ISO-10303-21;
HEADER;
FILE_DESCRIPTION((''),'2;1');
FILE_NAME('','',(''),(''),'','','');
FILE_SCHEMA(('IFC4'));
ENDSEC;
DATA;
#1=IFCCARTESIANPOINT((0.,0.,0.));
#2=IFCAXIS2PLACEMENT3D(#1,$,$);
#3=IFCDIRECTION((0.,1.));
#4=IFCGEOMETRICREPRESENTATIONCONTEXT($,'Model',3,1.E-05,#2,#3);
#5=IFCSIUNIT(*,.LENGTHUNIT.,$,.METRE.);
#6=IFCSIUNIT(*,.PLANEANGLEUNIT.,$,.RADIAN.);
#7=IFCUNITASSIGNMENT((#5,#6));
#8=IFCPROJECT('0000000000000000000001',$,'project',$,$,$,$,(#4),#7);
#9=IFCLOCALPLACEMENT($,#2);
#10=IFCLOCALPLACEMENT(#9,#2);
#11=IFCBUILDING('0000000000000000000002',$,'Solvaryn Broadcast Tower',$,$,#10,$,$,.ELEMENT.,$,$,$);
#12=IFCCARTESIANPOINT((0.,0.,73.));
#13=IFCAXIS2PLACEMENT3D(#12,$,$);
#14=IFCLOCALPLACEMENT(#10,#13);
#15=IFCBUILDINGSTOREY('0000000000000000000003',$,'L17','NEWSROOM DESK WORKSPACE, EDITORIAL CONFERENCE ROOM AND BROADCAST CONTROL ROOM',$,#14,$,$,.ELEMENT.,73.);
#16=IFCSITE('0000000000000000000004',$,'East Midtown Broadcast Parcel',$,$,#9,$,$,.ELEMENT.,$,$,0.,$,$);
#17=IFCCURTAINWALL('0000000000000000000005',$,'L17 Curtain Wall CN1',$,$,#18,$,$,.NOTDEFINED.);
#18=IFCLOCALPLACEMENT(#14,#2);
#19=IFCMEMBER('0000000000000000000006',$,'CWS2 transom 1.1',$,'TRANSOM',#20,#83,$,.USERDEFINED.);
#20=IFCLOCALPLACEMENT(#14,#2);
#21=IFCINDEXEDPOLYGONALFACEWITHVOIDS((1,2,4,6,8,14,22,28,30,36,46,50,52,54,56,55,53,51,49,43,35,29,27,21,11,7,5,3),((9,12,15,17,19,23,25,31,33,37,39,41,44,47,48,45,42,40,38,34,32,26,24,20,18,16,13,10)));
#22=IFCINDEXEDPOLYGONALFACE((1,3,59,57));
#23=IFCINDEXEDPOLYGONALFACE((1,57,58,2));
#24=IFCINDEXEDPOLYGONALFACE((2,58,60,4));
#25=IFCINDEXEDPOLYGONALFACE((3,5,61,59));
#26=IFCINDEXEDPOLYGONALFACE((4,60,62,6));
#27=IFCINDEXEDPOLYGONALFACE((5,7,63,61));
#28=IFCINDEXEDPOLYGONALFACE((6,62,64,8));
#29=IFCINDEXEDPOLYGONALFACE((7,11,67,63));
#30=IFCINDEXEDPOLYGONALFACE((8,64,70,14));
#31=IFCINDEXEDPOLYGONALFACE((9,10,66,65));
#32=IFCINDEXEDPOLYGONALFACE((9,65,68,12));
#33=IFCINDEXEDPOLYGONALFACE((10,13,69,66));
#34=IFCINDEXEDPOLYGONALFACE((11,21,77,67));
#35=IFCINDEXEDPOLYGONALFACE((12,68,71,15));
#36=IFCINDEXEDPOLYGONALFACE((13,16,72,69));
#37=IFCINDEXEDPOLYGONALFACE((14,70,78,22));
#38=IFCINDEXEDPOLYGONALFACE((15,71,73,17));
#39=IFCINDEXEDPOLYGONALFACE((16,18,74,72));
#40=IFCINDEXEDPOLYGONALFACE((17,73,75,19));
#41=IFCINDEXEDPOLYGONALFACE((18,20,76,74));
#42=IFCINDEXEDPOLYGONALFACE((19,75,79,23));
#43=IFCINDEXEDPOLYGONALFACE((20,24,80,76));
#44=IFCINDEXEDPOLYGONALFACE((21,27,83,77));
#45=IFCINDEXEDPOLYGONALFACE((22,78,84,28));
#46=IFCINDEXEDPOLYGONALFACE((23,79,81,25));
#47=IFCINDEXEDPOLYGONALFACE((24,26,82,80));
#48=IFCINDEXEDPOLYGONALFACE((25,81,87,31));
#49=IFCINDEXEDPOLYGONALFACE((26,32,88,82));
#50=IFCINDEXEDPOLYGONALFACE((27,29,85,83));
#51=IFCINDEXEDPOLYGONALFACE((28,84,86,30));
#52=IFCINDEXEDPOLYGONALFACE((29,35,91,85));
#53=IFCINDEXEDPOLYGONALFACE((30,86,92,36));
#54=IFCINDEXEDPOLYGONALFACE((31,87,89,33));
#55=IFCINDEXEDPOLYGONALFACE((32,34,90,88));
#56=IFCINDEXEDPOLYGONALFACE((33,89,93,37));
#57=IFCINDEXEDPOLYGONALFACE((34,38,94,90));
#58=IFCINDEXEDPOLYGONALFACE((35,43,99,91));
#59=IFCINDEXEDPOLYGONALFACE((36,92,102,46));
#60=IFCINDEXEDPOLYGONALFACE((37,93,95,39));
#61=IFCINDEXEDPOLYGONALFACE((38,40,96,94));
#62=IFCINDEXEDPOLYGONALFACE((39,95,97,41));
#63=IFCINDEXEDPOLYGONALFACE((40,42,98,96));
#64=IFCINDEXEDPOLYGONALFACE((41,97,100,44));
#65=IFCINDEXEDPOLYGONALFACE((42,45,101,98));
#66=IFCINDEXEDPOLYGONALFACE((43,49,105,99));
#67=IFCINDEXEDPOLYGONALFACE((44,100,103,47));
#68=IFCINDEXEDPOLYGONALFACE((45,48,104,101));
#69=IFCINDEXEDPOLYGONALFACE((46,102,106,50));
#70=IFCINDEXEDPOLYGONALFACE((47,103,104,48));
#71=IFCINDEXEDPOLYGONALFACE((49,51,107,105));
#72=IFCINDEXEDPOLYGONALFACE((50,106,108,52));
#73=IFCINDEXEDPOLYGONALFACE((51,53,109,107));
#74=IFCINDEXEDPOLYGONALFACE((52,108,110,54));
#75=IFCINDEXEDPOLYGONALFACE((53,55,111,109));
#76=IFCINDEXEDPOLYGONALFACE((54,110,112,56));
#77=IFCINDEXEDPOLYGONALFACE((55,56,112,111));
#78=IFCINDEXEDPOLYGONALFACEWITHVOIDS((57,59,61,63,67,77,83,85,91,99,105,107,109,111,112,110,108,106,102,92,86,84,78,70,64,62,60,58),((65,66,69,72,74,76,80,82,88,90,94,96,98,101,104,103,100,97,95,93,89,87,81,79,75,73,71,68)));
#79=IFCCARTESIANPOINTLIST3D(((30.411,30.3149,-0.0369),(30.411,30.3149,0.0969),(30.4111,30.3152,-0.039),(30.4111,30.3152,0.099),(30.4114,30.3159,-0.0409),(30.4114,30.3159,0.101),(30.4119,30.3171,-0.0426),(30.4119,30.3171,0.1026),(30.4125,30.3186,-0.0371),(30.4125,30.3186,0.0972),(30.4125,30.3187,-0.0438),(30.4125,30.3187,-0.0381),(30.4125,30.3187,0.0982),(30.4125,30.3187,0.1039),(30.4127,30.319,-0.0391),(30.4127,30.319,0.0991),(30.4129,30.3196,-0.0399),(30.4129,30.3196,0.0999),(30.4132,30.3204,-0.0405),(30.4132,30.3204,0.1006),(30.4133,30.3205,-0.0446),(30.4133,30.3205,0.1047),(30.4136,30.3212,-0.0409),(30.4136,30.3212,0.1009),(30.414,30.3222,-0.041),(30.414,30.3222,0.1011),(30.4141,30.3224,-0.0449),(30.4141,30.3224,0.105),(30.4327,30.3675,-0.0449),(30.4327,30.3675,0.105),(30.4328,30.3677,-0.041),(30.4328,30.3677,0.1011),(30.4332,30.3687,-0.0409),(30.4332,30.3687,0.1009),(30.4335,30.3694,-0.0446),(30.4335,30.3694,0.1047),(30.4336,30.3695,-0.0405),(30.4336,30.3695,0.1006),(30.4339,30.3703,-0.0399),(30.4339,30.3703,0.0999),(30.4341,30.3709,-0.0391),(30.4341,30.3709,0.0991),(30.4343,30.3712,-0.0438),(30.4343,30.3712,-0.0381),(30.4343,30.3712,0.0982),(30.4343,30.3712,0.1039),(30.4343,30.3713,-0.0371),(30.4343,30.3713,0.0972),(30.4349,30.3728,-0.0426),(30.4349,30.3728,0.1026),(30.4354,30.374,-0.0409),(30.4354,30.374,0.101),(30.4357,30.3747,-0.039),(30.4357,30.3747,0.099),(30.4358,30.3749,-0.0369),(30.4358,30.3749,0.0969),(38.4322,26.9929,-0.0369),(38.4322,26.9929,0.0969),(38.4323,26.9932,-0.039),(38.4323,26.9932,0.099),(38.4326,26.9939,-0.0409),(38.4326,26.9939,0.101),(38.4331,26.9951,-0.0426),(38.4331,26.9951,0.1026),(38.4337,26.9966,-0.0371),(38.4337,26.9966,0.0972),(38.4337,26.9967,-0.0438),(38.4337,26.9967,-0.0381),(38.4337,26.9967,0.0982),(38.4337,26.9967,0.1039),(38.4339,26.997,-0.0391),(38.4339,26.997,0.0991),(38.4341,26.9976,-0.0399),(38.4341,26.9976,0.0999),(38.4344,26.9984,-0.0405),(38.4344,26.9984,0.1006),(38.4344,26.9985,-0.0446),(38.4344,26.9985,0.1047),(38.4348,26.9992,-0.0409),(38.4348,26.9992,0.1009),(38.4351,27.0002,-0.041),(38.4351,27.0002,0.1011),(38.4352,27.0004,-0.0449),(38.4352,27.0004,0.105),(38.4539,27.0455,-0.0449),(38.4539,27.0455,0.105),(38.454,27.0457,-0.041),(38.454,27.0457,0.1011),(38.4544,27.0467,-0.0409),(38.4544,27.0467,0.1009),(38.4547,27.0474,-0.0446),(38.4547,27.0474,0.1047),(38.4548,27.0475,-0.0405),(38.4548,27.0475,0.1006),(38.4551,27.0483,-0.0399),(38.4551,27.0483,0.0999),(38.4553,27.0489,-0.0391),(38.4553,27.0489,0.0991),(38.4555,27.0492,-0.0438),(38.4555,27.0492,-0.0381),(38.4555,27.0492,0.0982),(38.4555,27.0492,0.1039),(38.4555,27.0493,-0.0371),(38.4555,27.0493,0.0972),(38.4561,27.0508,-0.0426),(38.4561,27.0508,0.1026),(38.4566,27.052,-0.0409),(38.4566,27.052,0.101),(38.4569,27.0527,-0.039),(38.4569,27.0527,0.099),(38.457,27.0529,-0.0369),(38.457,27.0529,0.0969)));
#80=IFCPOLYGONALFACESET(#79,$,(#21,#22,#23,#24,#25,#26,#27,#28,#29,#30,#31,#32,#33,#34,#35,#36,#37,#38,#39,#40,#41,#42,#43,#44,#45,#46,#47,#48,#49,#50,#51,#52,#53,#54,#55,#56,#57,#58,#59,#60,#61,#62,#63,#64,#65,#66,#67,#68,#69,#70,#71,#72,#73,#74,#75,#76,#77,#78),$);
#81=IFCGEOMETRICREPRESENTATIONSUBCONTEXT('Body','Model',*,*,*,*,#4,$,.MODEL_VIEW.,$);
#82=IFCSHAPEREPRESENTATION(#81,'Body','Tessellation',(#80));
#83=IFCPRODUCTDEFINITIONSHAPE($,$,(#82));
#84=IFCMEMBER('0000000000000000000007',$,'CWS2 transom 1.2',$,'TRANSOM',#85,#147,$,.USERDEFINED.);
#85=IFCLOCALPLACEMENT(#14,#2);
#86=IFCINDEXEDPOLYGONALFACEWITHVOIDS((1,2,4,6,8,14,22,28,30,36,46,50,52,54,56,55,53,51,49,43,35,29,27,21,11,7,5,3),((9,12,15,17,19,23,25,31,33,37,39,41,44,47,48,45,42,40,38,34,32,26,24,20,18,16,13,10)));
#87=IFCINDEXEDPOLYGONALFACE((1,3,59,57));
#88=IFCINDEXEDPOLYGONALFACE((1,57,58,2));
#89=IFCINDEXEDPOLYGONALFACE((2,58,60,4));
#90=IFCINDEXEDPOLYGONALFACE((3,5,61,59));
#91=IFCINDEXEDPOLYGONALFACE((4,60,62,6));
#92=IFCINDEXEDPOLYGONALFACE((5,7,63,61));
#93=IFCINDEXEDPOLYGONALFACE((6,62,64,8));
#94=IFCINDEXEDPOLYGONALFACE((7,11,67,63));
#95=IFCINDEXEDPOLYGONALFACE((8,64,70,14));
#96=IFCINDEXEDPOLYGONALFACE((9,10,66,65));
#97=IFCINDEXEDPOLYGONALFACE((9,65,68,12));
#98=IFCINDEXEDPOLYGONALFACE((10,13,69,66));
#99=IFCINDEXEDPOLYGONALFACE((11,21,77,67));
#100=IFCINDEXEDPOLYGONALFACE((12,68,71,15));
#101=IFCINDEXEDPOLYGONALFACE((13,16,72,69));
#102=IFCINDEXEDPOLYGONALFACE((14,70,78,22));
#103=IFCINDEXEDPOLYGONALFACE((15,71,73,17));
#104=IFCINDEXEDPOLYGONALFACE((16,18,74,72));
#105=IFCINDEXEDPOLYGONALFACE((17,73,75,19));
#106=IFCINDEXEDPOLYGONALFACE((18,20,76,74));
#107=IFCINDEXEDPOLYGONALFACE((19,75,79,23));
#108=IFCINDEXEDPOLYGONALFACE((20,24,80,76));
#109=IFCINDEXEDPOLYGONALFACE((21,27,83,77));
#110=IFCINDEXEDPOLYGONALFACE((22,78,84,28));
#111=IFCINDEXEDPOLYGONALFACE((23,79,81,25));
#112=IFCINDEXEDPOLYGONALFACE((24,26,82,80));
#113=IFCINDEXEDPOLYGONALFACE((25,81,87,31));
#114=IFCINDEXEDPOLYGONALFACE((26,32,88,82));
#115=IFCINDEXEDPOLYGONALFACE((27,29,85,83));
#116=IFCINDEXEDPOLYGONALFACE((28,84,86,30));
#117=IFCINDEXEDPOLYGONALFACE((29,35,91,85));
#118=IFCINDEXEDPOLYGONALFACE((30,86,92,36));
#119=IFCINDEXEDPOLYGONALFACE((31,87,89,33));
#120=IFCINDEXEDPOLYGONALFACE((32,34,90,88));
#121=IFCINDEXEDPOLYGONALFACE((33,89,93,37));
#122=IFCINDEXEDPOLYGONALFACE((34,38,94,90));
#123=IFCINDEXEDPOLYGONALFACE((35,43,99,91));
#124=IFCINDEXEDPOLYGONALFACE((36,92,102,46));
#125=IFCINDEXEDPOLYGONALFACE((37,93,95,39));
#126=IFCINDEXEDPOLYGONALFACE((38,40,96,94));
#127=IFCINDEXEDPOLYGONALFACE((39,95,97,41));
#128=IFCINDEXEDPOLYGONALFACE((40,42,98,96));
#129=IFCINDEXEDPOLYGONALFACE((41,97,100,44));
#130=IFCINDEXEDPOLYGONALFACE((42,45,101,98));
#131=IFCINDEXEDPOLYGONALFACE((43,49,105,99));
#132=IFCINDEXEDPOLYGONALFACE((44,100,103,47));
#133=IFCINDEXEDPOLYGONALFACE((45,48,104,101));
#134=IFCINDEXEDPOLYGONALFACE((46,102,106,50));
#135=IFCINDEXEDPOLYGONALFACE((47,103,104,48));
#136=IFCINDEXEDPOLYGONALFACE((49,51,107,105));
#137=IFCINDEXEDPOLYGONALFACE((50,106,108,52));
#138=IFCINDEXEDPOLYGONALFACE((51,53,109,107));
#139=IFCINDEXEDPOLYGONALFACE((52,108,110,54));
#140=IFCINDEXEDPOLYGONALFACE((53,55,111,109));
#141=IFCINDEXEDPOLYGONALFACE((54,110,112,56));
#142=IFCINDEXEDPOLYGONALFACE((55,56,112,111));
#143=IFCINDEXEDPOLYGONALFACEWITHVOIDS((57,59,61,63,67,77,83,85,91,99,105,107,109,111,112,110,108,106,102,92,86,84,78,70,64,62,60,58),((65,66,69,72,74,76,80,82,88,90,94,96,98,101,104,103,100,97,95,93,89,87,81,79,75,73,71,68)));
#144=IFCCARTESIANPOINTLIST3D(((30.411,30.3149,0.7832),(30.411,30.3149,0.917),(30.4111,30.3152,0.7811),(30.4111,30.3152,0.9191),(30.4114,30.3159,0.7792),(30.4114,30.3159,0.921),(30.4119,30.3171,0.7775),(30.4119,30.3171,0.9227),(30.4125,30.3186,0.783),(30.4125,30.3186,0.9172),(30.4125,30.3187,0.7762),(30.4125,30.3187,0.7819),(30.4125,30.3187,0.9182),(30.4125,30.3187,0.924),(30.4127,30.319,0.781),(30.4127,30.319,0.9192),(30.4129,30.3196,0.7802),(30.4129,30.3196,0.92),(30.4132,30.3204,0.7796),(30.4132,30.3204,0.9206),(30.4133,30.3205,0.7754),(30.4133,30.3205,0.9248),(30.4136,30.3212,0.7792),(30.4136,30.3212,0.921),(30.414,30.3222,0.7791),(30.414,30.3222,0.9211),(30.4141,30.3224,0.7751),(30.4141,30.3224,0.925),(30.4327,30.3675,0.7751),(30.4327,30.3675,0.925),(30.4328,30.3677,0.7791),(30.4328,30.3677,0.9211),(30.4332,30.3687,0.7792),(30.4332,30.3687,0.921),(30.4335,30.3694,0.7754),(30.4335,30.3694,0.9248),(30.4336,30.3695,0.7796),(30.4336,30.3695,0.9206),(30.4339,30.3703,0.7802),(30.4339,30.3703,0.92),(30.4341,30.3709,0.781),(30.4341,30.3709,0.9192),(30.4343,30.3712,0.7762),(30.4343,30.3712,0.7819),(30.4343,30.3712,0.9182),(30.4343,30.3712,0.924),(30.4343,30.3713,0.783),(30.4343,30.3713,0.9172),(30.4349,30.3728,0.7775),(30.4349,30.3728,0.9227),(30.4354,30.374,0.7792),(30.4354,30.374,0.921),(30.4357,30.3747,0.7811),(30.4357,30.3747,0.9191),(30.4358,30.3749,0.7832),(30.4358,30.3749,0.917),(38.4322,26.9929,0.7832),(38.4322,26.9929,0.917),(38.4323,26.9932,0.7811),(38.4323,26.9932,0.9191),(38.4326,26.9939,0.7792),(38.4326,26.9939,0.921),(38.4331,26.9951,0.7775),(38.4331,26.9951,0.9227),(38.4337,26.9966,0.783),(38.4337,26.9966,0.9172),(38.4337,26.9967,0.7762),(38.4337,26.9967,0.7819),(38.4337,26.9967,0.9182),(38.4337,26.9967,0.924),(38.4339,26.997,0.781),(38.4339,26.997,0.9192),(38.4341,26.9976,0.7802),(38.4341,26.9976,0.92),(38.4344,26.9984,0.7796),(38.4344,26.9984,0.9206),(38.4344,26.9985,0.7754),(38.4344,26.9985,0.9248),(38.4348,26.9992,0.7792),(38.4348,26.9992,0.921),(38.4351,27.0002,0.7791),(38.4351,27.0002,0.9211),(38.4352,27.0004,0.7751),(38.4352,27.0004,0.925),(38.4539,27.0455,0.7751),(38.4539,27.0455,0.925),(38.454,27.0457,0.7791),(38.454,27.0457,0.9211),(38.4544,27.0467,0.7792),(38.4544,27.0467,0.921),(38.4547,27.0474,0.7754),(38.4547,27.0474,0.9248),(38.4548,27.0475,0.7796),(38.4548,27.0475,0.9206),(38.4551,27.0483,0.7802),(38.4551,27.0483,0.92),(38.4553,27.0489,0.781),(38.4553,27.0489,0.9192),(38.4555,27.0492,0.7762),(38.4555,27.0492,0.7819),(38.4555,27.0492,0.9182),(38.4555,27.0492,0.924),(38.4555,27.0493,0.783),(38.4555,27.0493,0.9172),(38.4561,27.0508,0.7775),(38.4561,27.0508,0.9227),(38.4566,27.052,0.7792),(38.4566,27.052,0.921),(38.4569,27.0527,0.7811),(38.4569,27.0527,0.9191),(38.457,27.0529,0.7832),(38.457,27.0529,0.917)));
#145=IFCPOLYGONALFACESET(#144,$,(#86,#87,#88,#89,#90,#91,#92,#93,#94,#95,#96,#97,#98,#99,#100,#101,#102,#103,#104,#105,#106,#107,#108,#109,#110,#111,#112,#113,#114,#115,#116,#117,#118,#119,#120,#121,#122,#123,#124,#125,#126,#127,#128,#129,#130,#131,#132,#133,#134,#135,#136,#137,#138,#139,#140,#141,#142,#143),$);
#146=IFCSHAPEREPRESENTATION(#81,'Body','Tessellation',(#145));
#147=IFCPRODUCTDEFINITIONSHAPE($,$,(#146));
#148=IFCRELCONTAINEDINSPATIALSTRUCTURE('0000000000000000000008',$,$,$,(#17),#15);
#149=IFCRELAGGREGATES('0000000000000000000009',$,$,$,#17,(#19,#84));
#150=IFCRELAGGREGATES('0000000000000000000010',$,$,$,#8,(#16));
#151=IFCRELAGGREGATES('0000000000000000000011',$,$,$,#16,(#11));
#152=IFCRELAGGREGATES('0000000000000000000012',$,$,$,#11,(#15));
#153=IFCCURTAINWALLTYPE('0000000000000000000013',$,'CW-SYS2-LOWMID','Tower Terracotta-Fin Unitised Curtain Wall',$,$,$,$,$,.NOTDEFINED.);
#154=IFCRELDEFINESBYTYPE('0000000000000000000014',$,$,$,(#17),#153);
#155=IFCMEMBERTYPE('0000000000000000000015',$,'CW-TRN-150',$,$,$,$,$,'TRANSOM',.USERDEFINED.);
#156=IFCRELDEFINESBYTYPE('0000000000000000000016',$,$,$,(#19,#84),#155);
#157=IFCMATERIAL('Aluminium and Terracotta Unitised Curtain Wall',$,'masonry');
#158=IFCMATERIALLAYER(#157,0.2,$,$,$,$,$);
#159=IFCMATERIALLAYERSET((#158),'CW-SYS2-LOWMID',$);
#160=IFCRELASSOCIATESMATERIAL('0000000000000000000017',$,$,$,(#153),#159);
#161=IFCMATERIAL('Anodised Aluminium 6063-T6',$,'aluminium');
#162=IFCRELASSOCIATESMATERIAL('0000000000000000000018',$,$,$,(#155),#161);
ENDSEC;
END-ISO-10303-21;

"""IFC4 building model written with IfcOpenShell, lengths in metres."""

from ifc_helpers import new_model, si_unit, direction, frame, origin, origin_2d, place, context, subcontext, project, spatial, hollow_rectangle, extrude, material, layer, layer_set, material_profile, profile_set, type_object, element, aggregate, save


model = new_model("IFC4")

# Units and contexts
model_context = context("Model", 3, precision=1e-05, world=origin(), true_north=direction((0.0, 1.0)))
body_context = subcontext(model_context, "Body", "Model", "MODEL_VIEW")
ifc_project = project(units=[si_unit("LENGTHUNIT", "METRE"), si_unit("PLANEANGLEUNIT", "RADIAN")], contexts=[model_context])

# Site, building, storey
site_placement = place(None, origin())
site = spatial("IfcSite", under=ifc_project, at=site_placement, Name="East Midtown Broadcast Parcel", CompositionType="ELEMENT", RefElevation=0.0)
building_placement = place(site_placement, origin())
building = spatial("IfcBuilding", under=site, at=building_placement, Name="Solvaryn Broadcast Tower", CompositionType="ELEMENT")
storey_placement = place(building_placement, frame((0.0, 0.0, 73.0)))
storey = spatial("IfcBuildingStorey", under=building, at=storey_placement, Name="L17", Description="NEWSROOM DESK WORKSPACE, EDITORIAL CONFERENCE ROOM AND BROADCAST CONTROL ROOM", CompositionType="ELEMENT", Elevation=73.0)

# Curtain wall
ifc_material_1 = material(Name="Aluminium and Terracotta Unitised Curtain Wall", Category="masonry")
ifc_layer_1 = layer(ifc_material_1, 0.2)
ifc_layer_set_1 = layer_set([ifc_layer_1], Name="CW-SYS2-LOWMID")
curtain_wall_type = type_object("IfcCurtainWallType", Name="CW-SYS2-LOWMID", Description="Tower Terracotta-Fin Unitised Curtain Wall", PredefinedType="NOTDEFINED", material=ifc_layer_set_1)
curtain_wall_1_placement = place(storey_placement, origin())
curtain_wall_1 = element("IfcCurtainWall", 1, at=curtain_wall_1_placement, inside=storey, type_object=curtain_wall_type, Name="L17 Curtain Wall CN1", PredefinedType="NOTDEFINED")

# Members
ifc_material_2 = material(Name="Anodised Aluminium 6063-T6", Category="aluminium")
ifc_material_profile_1 = material_profile(ifc_material_2, hollow_rectangle(XDim=0.0649, YDim=0.1499, WallThickness=0.0039, InnerFilletRadius=0.0039, OuterFilletRadius=0.0081, at=origin_2d()))
ifc_profile_set_1 = profile_set([ifc_material_profile_1], Name="Anodised Aluminium 6063-T6")
member_type_1 = type_object("IfcMemberType", Name="CW-TRN-150", ElementType="TRANSOM", PredefinedType="USERDEFINED", material=ifc_profile_set_1)
member_1_placement = place(storey_placement, frame((38.4446, 27.0229, 0.03), z_axis=(-0.923899, 0.382636, 0.0), x_axis=(-0.382636, -0.923899, 0.0)))
member_1 = element("IfcMember", 2, at=member_1_placement, type_object=member_type_1, Name="CWS2 transom 1.1", ObjectType="TRANSOM", PredefinedType="USERDEFINED", context=body_context, shape_type="SweptSolid", body=[
    extrude(hollow_rectangle(XDim=0.0649, YDim=0.1499, WallThickness=0.0039, InnerFilletRadius=0.0039, OuterFilletRadius=0.0081, at=origin_2d()), origin(), (0.0, 0.0, 1.0), 8.6819),
])
member_2_placement = place(storey_placement, frame((38.4446, 27.0229, 0.8501), z_axis=(-0.923899, 0.382636, 0.0), x_axis=(-0.382636, -0.923899, 0.0)))
member_2 = element("IfcMember", 3, at=member_2_placement, type_object=member_type_1, Name="CWS2 transom 1.2", ObjectType="TRANSOM", PredefinedType="USERDEFINED", context=body_context, shape_type="SweptSolid", body=[
    extrude(hollow_rectangle(XDim=0.0649, YDim=0.1499, WallThickness=0.0039, InnerFilletRadius=0.0039, OuterFilletRadius=0.0081, at=origin_2d()), origin(), (0.0, 0.0, 1.0), 8.6819),
])
aggregate(curtain_wall_1, [member_1, member_2])

save(model, "model.ifc")
